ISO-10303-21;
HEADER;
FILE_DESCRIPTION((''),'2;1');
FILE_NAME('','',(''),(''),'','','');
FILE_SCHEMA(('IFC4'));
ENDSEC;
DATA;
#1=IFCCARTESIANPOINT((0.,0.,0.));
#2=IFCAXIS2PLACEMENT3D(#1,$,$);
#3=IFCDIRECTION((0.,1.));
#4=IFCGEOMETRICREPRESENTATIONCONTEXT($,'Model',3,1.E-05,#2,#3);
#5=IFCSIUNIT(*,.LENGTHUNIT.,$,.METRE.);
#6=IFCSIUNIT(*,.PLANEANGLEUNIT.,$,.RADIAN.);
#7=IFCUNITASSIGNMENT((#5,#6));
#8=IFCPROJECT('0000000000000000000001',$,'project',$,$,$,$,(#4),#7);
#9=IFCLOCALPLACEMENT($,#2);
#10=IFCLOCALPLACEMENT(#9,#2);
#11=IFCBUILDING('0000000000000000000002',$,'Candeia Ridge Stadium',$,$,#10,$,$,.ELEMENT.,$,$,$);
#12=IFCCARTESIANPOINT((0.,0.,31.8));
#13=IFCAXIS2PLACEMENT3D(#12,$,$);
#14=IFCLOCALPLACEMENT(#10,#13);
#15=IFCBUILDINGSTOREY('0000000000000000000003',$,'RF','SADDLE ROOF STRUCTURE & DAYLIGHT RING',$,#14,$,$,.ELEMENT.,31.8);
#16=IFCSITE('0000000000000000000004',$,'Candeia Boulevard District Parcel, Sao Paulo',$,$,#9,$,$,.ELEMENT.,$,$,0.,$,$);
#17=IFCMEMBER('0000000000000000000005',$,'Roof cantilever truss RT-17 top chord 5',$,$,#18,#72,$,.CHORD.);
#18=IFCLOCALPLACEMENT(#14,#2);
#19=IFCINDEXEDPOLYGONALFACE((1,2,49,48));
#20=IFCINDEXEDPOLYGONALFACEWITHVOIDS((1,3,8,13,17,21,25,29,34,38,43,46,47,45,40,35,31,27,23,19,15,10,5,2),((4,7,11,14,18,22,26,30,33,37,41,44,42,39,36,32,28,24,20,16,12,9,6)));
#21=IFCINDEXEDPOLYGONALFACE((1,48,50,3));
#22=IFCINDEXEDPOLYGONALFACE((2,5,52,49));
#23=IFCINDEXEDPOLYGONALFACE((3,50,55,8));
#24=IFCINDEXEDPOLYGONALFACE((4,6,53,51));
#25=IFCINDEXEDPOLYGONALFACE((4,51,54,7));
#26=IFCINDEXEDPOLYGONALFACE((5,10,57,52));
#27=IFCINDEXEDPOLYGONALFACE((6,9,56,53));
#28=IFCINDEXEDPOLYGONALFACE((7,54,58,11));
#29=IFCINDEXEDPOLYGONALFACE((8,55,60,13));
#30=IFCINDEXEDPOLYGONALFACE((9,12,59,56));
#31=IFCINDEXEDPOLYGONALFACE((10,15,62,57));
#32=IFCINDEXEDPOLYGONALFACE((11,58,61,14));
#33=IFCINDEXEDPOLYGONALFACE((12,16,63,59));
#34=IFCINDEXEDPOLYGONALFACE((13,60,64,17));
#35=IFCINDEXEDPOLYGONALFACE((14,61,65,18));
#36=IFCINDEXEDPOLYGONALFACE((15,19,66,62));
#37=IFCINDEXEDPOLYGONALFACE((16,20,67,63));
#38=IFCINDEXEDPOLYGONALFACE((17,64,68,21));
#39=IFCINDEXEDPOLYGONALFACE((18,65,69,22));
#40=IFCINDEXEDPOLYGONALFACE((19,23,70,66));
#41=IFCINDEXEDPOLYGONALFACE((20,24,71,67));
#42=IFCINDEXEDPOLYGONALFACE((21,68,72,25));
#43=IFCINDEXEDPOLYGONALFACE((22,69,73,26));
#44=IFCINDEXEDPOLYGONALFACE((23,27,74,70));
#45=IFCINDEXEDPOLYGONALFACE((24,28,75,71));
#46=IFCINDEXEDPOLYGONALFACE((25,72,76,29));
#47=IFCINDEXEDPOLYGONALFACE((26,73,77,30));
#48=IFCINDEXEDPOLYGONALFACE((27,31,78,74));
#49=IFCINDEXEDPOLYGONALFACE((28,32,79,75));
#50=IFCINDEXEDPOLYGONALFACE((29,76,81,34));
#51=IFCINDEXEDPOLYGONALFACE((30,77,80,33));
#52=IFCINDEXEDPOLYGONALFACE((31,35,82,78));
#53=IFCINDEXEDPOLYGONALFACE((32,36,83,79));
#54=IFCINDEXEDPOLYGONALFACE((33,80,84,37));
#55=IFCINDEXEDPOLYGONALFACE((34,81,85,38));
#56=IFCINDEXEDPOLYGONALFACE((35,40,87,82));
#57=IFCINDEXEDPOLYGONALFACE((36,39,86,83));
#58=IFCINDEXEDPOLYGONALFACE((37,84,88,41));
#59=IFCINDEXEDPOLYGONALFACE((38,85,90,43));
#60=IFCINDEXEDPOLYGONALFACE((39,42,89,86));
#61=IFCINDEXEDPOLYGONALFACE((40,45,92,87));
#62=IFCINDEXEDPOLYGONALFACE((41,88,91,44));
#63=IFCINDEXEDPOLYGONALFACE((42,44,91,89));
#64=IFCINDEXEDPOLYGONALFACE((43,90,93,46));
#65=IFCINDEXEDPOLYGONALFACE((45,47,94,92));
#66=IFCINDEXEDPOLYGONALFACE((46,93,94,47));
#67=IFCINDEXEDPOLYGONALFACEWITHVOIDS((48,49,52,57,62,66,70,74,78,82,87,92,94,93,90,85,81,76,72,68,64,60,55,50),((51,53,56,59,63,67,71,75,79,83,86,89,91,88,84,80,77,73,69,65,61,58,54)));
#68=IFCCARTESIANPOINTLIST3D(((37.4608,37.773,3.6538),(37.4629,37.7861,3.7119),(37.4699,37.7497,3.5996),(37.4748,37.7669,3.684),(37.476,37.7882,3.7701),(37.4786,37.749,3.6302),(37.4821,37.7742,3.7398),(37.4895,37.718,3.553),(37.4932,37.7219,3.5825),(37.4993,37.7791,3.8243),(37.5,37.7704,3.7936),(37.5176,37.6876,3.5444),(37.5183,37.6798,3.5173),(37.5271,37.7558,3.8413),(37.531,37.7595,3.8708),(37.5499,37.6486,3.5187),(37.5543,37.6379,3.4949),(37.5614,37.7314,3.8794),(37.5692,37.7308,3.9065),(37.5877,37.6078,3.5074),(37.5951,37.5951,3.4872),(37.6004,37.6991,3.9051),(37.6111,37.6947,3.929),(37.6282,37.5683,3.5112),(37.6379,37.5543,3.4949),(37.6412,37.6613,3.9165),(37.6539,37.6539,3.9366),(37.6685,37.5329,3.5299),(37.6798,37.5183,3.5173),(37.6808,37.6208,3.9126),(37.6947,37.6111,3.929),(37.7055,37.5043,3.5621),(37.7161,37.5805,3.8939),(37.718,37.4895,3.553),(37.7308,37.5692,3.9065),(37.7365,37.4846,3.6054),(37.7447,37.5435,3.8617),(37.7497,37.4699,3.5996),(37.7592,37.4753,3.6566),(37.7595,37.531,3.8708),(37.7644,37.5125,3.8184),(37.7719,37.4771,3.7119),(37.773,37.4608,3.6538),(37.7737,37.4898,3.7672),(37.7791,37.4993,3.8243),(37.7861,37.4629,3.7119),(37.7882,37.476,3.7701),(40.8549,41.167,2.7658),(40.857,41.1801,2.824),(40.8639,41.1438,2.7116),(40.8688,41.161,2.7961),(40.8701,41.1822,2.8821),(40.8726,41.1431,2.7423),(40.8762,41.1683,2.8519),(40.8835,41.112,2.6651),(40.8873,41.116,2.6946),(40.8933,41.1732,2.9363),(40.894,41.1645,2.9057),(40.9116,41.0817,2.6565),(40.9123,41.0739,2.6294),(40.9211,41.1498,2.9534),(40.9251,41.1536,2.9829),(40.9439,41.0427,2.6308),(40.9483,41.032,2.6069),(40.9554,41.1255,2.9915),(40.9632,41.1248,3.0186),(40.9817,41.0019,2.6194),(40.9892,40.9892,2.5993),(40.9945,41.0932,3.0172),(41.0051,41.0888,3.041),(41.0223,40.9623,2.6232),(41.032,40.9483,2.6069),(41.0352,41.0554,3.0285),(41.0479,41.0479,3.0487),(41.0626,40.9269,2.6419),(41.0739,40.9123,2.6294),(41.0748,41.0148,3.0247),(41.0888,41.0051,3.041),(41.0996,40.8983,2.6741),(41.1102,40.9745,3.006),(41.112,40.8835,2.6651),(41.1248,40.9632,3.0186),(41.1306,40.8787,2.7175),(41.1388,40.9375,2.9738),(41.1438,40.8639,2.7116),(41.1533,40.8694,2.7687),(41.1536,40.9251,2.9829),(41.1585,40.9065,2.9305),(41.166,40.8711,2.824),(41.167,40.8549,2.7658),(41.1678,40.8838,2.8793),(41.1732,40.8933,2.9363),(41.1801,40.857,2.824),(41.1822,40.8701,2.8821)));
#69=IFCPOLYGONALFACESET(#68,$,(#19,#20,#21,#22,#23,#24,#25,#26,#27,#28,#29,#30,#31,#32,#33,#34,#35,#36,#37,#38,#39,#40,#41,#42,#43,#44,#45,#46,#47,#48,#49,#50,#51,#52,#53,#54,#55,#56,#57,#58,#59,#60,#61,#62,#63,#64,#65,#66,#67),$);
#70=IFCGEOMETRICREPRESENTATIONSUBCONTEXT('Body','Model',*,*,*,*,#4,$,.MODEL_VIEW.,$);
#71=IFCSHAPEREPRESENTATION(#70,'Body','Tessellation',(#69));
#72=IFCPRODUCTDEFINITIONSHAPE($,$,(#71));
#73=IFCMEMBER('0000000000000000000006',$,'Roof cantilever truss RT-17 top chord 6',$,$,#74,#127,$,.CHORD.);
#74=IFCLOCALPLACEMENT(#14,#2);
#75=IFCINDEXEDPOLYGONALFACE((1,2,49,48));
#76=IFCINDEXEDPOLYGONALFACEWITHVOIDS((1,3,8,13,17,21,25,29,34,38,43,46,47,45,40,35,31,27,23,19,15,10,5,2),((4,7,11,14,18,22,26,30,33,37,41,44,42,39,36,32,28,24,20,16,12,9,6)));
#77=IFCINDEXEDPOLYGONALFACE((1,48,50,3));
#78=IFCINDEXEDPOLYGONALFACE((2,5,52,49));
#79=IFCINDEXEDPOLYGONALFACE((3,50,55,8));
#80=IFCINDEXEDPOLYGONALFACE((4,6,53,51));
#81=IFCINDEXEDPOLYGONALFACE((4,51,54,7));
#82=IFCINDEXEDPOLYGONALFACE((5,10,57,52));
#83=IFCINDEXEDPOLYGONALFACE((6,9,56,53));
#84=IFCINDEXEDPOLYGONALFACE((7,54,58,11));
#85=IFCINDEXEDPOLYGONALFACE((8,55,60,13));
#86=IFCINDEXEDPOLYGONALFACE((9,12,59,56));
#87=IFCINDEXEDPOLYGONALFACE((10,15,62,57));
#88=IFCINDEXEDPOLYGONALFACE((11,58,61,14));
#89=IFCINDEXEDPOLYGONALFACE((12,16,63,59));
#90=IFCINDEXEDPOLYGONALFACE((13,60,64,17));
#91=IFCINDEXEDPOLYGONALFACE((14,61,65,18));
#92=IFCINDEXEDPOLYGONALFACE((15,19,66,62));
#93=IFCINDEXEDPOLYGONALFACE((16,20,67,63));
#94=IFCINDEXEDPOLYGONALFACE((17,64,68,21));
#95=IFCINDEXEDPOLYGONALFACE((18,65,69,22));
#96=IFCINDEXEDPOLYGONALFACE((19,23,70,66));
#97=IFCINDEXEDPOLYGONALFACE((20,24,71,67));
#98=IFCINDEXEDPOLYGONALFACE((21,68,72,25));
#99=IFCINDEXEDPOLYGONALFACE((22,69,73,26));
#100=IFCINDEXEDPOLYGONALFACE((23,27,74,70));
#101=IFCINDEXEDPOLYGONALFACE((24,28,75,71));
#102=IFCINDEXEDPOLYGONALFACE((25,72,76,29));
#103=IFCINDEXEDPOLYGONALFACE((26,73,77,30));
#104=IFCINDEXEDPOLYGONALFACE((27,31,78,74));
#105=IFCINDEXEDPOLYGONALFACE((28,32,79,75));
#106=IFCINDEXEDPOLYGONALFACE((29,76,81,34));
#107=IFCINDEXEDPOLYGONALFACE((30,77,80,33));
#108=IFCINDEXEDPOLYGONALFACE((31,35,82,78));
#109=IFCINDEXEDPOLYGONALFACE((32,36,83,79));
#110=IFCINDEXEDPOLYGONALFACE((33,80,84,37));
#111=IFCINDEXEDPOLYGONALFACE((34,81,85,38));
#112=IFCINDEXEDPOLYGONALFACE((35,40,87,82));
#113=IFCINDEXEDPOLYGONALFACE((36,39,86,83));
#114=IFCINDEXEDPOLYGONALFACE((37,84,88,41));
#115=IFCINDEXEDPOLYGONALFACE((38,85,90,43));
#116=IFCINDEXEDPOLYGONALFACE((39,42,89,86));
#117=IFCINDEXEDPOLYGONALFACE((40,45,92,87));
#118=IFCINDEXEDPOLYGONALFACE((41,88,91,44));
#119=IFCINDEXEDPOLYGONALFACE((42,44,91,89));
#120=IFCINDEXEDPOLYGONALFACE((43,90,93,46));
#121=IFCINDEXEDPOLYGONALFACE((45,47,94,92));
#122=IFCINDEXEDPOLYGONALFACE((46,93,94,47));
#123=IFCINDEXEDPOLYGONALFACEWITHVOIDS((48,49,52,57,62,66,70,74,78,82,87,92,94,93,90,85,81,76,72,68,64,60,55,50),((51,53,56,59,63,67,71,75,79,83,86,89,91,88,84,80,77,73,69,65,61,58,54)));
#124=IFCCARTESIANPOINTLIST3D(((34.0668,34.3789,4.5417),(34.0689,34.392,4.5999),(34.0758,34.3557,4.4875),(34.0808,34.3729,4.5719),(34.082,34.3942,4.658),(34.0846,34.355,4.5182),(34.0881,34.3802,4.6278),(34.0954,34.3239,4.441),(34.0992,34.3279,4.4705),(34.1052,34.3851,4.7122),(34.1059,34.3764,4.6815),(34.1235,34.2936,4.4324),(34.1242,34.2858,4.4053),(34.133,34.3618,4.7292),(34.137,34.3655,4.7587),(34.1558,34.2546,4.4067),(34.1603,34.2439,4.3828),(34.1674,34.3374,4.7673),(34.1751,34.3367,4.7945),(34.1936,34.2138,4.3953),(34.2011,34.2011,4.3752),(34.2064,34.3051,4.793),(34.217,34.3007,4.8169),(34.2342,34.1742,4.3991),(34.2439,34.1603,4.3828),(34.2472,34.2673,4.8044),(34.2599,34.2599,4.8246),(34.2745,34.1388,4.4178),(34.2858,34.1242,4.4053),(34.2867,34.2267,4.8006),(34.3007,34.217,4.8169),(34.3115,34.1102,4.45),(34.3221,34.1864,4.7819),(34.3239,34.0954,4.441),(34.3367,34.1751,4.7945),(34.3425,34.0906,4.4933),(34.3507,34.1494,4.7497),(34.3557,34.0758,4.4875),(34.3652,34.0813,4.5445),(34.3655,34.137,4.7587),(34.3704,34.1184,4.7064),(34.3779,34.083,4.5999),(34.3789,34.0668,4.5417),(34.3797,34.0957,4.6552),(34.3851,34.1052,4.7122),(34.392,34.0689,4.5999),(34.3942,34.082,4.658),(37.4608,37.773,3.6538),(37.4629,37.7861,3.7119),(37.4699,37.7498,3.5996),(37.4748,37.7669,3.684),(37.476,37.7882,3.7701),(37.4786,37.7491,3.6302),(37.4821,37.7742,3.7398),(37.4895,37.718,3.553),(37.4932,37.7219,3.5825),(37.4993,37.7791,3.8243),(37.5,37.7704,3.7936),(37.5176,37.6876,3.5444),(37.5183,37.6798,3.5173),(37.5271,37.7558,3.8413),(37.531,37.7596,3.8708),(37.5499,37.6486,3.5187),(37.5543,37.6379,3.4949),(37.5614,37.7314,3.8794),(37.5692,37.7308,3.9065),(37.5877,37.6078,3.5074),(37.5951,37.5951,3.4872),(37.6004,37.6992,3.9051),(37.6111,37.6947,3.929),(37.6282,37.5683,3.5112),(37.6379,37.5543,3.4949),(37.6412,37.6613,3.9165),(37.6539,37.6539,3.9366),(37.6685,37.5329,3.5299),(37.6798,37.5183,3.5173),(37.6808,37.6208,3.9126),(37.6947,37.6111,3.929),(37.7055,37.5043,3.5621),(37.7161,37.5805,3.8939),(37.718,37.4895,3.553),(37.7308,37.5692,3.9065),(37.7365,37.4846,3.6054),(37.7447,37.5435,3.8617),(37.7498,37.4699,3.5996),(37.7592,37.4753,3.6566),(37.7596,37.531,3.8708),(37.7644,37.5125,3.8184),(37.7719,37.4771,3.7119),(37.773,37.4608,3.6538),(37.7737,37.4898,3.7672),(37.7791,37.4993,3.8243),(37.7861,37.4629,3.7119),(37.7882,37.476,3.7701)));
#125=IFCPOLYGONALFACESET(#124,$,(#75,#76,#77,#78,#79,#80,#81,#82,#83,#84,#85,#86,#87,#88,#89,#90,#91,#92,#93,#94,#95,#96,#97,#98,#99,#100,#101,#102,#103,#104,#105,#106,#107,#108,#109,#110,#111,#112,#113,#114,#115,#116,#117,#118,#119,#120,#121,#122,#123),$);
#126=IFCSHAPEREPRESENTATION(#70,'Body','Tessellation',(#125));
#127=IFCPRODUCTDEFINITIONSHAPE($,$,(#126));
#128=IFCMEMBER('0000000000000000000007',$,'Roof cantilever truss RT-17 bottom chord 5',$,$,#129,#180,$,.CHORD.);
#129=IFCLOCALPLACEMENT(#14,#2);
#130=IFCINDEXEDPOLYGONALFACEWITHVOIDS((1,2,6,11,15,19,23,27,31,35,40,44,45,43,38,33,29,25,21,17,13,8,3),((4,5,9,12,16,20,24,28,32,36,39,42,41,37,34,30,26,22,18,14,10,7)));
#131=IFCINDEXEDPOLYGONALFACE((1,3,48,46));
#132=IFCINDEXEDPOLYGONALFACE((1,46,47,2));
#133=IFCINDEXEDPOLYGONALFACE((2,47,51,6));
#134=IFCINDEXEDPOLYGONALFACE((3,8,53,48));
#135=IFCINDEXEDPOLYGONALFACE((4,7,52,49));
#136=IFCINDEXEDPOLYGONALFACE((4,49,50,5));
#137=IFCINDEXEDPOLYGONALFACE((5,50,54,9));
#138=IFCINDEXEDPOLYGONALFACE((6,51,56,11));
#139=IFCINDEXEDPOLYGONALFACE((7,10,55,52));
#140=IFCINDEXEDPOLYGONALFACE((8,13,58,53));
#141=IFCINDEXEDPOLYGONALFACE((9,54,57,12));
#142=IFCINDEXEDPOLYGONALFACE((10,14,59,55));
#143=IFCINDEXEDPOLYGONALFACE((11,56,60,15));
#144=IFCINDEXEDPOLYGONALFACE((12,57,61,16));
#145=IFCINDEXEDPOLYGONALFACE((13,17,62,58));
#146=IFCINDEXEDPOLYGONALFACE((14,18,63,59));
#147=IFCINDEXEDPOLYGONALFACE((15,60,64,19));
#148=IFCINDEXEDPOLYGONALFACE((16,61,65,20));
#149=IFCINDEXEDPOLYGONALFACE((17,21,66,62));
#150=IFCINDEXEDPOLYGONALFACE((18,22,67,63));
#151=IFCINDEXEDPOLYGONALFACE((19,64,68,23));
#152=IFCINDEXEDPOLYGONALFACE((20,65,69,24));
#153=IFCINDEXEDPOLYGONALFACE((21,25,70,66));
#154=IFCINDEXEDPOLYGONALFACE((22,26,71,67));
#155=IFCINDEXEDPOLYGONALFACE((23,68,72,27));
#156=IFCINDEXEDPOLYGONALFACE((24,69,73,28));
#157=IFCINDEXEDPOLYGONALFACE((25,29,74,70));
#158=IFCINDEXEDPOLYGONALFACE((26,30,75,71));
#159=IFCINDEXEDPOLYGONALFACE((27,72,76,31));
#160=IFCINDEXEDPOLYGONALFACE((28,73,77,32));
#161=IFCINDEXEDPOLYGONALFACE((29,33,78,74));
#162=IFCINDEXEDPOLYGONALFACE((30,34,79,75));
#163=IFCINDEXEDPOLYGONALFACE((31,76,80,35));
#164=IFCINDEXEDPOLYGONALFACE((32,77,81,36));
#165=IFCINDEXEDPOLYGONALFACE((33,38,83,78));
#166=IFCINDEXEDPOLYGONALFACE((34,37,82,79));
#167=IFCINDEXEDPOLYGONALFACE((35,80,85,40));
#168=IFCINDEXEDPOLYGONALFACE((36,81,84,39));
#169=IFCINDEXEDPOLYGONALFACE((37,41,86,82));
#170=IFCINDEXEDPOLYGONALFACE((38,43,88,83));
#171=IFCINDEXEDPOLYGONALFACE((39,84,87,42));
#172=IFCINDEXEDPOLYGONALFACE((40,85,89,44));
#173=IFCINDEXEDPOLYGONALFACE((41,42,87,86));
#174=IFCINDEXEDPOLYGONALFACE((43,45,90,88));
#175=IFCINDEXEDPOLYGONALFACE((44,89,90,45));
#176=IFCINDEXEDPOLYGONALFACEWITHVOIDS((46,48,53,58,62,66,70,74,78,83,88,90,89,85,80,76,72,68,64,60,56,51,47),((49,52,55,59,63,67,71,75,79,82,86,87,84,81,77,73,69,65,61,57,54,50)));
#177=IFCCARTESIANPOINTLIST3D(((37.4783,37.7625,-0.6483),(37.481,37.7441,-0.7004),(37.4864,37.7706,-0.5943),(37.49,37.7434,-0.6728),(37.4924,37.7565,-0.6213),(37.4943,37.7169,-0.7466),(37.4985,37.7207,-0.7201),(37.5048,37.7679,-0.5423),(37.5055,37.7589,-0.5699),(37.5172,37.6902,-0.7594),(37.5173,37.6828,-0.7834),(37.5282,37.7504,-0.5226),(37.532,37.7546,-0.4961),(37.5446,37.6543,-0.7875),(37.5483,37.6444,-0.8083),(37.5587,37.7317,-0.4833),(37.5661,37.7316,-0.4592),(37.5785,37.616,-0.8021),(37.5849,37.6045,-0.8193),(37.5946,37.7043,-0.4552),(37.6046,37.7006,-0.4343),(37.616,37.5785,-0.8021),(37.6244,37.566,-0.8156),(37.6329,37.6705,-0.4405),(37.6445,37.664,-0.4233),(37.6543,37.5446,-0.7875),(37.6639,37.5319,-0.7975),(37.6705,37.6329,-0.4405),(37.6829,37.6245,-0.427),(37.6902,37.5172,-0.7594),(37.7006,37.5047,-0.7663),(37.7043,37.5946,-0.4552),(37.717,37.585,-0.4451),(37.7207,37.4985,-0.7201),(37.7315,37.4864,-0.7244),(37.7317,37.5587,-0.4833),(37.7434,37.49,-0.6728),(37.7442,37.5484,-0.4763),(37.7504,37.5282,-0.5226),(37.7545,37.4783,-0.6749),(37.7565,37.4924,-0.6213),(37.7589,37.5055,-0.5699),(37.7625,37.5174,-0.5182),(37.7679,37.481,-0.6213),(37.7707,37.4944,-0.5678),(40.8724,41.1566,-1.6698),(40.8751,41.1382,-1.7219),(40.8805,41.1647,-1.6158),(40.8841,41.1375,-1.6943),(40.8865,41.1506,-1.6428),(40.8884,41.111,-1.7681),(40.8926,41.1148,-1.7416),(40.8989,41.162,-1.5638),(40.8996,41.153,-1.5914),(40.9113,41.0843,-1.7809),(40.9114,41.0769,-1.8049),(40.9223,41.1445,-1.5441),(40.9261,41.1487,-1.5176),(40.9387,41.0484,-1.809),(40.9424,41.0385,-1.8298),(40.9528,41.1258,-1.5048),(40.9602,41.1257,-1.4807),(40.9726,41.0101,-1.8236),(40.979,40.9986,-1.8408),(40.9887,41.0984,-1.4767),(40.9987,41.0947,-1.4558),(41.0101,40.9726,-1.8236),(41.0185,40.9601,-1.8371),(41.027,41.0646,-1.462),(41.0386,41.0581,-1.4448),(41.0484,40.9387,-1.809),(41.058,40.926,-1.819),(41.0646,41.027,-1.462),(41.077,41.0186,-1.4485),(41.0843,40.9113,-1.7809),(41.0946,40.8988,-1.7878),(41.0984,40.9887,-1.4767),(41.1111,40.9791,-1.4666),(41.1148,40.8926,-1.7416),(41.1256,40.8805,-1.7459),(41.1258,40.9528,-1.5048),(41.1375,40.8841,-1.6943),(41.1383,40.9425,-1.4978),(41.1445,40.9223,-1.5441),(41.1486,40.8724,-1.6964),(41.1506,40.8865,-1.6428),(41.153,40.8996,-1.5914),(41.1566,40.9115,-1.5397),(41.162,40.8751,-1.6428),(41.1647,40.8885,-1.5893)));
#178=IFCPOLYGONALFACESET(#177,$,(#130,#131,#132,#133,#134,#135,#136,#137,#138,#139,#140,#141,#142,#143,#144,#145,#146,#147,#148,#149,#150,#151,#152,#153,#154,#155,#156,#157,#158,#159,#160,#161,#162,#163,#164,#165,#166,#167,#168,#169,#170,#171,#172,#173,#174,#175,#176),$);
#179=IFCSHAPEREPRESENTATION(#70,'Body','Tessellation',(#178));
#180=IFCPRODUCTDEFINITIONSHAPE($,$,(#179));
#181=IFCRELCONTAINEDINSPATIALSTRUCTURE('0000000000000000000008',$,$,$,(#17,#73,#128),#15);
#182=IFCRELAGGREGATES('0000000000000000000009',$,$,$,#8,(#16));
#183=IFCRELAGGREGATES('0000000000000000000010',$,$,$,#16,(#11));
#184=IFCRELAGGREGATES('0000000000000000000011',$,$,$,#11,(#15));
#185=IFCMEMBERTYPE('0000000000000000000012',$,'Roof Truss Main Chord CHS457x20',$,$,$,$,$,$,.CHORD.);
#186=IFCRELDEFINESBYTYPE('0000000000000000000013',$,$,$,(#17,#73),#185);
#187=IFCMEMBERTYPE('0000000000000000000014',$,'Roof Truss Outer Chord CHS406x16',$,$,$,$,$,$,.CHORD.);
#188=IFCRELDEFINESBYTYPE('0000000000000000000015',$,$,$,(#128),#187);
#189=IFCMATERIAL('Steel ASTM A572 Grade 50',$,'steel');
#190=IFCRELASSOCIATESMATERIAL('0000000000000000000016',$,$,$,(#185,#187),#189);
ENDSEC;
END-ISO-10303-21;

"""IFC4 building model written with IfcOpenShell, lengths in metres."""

from ifc_helpers import new_model, si_unit, direction, frame, origin, origin_2d, place, context, subcontext, project, spatial, hollow_circle, extrude, material, material_profile, profile_set, type_object, element, save


model = new_model("IFC4")

# Units and contexts
model_context = context("Model", 3, precision=1e-05, world=origin(), true_north=direction((0.0, 1.0)))
body_context = subcontext(model_context, "Body", "Model", "MODEL_VIEW")
ifc_project = project(units=[si_unit("LENGTHUNIT", "METRE"), si_unit("PLANEANGLEUNIT", "RADIAN")], contexts=[model_context])

# Site, building, storey
site_placement = place(None, origin())
site = spatial("IfcSite", under=ifc_project, at=site_placement, Name="Candeia Boulevard District Parcel, Sao Paulo", CompositionType="ELEMENT", RefElevation=0.0)
building_placement = place(site_placement, origin())
building = spatial("IfcBuilding", under=site, at=building_placement, Name="Candeia Ridge Stadium", CompositionType="ELEMENT")
storey_placement = place(building_placement, frame((0.0, 0.0, 31.8)))
storey = spatial("IfcBuildingStorey", under=building, at=storey_placement, Name="RF", Description="SADDLE ROOF STRUCTURE & DAYLIGHT RING", CompositionType="ELEMENT", Elevation=31.8)

# Shared definitions
ifc_material_1 = material(Name="Steel ASTM A572 Grade 50", Category="steel")

# Members
ifc_material_profile_1 = material_profile(ifc_material_1, hollow_circle(Radius=0.2285, WallThickness=0.02, at=origin_2d()), Name="CHS457x20", Category="steel")
ifc_profile_set_1 = profile_set([ifc_material_profile_1], Name="Steel ASTM A572 Grade 50")
member_type_1 = type_object("IfcMemberType", Name="Roof Truss Main Chord CHS457x20", PredefinedType="CHORD", material=ifc_profile_set_1)
for number, where, z_axis, x_axis, name in (
    (1, (41.0186, 41.0186, 2.824), (-0.69531, -0.69531, 0.181905), (0.707107, -0.707107, 0.0), "Roof cantilever truss RT-17 top chord 5"),
    (2, (37.6245, 37.6245, 3.7119), (-0.69531, -0.69531, 0.181905), (0.707107, -0.707107, 0.0), "Roof cantilever truss RT-17 top chord 6"),
):
    element("IfcMember", number, at=place(storey_placement, frame(where, z_axis=z_axis, x_axis=x_axis)), inside=storey, type_object=member_type_1, Name=name, PredefinedType="CHORD", context=body_context, shape_type="SweptSolid", body=[
        extrude(hollow_circle(Radius=0.2285, WallThickness=0.02, at=origin_2d()), origin(), (0.0, 0.0, 1.0), 4.8813),
    ])
ifc_material_profile_2 = material_profile(ifc_material_1, hollow_circle(Radius=0.2029, WallThickness=0.0161, at=origin_2d()), Name="CHS406x16", Category="steel")
ifc_profile_set_2 = profile_set([ifc_material_profile_2], Name="Steel ASTM A572 Grade 50")
member_type_2 = type_object("IfcMemberType", Name="Roof Truss Outer Chord CHS406x16", PredefinedType="CHORD", material=ifc_profile_set_2)
member_1_placement = place(storey_placement, frame((41.0186, 41.0186, -1.6428), z_axis=(-0.691619, -0.691619, 0.208152), x_axis=(0.707107, -0.707107, 0.0)))
element("IfcMember", 3, at=member_1_placement, inside=storey, type_object=member_type_2, Name="Roof cantilever truss RT-17 bottom chord 5", PredefinedType="CHORD", context=body_context, shape_type="SweptSolid", body=[
    extrude(hollow_circle(Radius=0.2029, WallThickness=0.0161, at=origin_2d()), origin(), (0.0, 0.0, 1.0), 4.9075),
])

save(model, "model.ifc")
